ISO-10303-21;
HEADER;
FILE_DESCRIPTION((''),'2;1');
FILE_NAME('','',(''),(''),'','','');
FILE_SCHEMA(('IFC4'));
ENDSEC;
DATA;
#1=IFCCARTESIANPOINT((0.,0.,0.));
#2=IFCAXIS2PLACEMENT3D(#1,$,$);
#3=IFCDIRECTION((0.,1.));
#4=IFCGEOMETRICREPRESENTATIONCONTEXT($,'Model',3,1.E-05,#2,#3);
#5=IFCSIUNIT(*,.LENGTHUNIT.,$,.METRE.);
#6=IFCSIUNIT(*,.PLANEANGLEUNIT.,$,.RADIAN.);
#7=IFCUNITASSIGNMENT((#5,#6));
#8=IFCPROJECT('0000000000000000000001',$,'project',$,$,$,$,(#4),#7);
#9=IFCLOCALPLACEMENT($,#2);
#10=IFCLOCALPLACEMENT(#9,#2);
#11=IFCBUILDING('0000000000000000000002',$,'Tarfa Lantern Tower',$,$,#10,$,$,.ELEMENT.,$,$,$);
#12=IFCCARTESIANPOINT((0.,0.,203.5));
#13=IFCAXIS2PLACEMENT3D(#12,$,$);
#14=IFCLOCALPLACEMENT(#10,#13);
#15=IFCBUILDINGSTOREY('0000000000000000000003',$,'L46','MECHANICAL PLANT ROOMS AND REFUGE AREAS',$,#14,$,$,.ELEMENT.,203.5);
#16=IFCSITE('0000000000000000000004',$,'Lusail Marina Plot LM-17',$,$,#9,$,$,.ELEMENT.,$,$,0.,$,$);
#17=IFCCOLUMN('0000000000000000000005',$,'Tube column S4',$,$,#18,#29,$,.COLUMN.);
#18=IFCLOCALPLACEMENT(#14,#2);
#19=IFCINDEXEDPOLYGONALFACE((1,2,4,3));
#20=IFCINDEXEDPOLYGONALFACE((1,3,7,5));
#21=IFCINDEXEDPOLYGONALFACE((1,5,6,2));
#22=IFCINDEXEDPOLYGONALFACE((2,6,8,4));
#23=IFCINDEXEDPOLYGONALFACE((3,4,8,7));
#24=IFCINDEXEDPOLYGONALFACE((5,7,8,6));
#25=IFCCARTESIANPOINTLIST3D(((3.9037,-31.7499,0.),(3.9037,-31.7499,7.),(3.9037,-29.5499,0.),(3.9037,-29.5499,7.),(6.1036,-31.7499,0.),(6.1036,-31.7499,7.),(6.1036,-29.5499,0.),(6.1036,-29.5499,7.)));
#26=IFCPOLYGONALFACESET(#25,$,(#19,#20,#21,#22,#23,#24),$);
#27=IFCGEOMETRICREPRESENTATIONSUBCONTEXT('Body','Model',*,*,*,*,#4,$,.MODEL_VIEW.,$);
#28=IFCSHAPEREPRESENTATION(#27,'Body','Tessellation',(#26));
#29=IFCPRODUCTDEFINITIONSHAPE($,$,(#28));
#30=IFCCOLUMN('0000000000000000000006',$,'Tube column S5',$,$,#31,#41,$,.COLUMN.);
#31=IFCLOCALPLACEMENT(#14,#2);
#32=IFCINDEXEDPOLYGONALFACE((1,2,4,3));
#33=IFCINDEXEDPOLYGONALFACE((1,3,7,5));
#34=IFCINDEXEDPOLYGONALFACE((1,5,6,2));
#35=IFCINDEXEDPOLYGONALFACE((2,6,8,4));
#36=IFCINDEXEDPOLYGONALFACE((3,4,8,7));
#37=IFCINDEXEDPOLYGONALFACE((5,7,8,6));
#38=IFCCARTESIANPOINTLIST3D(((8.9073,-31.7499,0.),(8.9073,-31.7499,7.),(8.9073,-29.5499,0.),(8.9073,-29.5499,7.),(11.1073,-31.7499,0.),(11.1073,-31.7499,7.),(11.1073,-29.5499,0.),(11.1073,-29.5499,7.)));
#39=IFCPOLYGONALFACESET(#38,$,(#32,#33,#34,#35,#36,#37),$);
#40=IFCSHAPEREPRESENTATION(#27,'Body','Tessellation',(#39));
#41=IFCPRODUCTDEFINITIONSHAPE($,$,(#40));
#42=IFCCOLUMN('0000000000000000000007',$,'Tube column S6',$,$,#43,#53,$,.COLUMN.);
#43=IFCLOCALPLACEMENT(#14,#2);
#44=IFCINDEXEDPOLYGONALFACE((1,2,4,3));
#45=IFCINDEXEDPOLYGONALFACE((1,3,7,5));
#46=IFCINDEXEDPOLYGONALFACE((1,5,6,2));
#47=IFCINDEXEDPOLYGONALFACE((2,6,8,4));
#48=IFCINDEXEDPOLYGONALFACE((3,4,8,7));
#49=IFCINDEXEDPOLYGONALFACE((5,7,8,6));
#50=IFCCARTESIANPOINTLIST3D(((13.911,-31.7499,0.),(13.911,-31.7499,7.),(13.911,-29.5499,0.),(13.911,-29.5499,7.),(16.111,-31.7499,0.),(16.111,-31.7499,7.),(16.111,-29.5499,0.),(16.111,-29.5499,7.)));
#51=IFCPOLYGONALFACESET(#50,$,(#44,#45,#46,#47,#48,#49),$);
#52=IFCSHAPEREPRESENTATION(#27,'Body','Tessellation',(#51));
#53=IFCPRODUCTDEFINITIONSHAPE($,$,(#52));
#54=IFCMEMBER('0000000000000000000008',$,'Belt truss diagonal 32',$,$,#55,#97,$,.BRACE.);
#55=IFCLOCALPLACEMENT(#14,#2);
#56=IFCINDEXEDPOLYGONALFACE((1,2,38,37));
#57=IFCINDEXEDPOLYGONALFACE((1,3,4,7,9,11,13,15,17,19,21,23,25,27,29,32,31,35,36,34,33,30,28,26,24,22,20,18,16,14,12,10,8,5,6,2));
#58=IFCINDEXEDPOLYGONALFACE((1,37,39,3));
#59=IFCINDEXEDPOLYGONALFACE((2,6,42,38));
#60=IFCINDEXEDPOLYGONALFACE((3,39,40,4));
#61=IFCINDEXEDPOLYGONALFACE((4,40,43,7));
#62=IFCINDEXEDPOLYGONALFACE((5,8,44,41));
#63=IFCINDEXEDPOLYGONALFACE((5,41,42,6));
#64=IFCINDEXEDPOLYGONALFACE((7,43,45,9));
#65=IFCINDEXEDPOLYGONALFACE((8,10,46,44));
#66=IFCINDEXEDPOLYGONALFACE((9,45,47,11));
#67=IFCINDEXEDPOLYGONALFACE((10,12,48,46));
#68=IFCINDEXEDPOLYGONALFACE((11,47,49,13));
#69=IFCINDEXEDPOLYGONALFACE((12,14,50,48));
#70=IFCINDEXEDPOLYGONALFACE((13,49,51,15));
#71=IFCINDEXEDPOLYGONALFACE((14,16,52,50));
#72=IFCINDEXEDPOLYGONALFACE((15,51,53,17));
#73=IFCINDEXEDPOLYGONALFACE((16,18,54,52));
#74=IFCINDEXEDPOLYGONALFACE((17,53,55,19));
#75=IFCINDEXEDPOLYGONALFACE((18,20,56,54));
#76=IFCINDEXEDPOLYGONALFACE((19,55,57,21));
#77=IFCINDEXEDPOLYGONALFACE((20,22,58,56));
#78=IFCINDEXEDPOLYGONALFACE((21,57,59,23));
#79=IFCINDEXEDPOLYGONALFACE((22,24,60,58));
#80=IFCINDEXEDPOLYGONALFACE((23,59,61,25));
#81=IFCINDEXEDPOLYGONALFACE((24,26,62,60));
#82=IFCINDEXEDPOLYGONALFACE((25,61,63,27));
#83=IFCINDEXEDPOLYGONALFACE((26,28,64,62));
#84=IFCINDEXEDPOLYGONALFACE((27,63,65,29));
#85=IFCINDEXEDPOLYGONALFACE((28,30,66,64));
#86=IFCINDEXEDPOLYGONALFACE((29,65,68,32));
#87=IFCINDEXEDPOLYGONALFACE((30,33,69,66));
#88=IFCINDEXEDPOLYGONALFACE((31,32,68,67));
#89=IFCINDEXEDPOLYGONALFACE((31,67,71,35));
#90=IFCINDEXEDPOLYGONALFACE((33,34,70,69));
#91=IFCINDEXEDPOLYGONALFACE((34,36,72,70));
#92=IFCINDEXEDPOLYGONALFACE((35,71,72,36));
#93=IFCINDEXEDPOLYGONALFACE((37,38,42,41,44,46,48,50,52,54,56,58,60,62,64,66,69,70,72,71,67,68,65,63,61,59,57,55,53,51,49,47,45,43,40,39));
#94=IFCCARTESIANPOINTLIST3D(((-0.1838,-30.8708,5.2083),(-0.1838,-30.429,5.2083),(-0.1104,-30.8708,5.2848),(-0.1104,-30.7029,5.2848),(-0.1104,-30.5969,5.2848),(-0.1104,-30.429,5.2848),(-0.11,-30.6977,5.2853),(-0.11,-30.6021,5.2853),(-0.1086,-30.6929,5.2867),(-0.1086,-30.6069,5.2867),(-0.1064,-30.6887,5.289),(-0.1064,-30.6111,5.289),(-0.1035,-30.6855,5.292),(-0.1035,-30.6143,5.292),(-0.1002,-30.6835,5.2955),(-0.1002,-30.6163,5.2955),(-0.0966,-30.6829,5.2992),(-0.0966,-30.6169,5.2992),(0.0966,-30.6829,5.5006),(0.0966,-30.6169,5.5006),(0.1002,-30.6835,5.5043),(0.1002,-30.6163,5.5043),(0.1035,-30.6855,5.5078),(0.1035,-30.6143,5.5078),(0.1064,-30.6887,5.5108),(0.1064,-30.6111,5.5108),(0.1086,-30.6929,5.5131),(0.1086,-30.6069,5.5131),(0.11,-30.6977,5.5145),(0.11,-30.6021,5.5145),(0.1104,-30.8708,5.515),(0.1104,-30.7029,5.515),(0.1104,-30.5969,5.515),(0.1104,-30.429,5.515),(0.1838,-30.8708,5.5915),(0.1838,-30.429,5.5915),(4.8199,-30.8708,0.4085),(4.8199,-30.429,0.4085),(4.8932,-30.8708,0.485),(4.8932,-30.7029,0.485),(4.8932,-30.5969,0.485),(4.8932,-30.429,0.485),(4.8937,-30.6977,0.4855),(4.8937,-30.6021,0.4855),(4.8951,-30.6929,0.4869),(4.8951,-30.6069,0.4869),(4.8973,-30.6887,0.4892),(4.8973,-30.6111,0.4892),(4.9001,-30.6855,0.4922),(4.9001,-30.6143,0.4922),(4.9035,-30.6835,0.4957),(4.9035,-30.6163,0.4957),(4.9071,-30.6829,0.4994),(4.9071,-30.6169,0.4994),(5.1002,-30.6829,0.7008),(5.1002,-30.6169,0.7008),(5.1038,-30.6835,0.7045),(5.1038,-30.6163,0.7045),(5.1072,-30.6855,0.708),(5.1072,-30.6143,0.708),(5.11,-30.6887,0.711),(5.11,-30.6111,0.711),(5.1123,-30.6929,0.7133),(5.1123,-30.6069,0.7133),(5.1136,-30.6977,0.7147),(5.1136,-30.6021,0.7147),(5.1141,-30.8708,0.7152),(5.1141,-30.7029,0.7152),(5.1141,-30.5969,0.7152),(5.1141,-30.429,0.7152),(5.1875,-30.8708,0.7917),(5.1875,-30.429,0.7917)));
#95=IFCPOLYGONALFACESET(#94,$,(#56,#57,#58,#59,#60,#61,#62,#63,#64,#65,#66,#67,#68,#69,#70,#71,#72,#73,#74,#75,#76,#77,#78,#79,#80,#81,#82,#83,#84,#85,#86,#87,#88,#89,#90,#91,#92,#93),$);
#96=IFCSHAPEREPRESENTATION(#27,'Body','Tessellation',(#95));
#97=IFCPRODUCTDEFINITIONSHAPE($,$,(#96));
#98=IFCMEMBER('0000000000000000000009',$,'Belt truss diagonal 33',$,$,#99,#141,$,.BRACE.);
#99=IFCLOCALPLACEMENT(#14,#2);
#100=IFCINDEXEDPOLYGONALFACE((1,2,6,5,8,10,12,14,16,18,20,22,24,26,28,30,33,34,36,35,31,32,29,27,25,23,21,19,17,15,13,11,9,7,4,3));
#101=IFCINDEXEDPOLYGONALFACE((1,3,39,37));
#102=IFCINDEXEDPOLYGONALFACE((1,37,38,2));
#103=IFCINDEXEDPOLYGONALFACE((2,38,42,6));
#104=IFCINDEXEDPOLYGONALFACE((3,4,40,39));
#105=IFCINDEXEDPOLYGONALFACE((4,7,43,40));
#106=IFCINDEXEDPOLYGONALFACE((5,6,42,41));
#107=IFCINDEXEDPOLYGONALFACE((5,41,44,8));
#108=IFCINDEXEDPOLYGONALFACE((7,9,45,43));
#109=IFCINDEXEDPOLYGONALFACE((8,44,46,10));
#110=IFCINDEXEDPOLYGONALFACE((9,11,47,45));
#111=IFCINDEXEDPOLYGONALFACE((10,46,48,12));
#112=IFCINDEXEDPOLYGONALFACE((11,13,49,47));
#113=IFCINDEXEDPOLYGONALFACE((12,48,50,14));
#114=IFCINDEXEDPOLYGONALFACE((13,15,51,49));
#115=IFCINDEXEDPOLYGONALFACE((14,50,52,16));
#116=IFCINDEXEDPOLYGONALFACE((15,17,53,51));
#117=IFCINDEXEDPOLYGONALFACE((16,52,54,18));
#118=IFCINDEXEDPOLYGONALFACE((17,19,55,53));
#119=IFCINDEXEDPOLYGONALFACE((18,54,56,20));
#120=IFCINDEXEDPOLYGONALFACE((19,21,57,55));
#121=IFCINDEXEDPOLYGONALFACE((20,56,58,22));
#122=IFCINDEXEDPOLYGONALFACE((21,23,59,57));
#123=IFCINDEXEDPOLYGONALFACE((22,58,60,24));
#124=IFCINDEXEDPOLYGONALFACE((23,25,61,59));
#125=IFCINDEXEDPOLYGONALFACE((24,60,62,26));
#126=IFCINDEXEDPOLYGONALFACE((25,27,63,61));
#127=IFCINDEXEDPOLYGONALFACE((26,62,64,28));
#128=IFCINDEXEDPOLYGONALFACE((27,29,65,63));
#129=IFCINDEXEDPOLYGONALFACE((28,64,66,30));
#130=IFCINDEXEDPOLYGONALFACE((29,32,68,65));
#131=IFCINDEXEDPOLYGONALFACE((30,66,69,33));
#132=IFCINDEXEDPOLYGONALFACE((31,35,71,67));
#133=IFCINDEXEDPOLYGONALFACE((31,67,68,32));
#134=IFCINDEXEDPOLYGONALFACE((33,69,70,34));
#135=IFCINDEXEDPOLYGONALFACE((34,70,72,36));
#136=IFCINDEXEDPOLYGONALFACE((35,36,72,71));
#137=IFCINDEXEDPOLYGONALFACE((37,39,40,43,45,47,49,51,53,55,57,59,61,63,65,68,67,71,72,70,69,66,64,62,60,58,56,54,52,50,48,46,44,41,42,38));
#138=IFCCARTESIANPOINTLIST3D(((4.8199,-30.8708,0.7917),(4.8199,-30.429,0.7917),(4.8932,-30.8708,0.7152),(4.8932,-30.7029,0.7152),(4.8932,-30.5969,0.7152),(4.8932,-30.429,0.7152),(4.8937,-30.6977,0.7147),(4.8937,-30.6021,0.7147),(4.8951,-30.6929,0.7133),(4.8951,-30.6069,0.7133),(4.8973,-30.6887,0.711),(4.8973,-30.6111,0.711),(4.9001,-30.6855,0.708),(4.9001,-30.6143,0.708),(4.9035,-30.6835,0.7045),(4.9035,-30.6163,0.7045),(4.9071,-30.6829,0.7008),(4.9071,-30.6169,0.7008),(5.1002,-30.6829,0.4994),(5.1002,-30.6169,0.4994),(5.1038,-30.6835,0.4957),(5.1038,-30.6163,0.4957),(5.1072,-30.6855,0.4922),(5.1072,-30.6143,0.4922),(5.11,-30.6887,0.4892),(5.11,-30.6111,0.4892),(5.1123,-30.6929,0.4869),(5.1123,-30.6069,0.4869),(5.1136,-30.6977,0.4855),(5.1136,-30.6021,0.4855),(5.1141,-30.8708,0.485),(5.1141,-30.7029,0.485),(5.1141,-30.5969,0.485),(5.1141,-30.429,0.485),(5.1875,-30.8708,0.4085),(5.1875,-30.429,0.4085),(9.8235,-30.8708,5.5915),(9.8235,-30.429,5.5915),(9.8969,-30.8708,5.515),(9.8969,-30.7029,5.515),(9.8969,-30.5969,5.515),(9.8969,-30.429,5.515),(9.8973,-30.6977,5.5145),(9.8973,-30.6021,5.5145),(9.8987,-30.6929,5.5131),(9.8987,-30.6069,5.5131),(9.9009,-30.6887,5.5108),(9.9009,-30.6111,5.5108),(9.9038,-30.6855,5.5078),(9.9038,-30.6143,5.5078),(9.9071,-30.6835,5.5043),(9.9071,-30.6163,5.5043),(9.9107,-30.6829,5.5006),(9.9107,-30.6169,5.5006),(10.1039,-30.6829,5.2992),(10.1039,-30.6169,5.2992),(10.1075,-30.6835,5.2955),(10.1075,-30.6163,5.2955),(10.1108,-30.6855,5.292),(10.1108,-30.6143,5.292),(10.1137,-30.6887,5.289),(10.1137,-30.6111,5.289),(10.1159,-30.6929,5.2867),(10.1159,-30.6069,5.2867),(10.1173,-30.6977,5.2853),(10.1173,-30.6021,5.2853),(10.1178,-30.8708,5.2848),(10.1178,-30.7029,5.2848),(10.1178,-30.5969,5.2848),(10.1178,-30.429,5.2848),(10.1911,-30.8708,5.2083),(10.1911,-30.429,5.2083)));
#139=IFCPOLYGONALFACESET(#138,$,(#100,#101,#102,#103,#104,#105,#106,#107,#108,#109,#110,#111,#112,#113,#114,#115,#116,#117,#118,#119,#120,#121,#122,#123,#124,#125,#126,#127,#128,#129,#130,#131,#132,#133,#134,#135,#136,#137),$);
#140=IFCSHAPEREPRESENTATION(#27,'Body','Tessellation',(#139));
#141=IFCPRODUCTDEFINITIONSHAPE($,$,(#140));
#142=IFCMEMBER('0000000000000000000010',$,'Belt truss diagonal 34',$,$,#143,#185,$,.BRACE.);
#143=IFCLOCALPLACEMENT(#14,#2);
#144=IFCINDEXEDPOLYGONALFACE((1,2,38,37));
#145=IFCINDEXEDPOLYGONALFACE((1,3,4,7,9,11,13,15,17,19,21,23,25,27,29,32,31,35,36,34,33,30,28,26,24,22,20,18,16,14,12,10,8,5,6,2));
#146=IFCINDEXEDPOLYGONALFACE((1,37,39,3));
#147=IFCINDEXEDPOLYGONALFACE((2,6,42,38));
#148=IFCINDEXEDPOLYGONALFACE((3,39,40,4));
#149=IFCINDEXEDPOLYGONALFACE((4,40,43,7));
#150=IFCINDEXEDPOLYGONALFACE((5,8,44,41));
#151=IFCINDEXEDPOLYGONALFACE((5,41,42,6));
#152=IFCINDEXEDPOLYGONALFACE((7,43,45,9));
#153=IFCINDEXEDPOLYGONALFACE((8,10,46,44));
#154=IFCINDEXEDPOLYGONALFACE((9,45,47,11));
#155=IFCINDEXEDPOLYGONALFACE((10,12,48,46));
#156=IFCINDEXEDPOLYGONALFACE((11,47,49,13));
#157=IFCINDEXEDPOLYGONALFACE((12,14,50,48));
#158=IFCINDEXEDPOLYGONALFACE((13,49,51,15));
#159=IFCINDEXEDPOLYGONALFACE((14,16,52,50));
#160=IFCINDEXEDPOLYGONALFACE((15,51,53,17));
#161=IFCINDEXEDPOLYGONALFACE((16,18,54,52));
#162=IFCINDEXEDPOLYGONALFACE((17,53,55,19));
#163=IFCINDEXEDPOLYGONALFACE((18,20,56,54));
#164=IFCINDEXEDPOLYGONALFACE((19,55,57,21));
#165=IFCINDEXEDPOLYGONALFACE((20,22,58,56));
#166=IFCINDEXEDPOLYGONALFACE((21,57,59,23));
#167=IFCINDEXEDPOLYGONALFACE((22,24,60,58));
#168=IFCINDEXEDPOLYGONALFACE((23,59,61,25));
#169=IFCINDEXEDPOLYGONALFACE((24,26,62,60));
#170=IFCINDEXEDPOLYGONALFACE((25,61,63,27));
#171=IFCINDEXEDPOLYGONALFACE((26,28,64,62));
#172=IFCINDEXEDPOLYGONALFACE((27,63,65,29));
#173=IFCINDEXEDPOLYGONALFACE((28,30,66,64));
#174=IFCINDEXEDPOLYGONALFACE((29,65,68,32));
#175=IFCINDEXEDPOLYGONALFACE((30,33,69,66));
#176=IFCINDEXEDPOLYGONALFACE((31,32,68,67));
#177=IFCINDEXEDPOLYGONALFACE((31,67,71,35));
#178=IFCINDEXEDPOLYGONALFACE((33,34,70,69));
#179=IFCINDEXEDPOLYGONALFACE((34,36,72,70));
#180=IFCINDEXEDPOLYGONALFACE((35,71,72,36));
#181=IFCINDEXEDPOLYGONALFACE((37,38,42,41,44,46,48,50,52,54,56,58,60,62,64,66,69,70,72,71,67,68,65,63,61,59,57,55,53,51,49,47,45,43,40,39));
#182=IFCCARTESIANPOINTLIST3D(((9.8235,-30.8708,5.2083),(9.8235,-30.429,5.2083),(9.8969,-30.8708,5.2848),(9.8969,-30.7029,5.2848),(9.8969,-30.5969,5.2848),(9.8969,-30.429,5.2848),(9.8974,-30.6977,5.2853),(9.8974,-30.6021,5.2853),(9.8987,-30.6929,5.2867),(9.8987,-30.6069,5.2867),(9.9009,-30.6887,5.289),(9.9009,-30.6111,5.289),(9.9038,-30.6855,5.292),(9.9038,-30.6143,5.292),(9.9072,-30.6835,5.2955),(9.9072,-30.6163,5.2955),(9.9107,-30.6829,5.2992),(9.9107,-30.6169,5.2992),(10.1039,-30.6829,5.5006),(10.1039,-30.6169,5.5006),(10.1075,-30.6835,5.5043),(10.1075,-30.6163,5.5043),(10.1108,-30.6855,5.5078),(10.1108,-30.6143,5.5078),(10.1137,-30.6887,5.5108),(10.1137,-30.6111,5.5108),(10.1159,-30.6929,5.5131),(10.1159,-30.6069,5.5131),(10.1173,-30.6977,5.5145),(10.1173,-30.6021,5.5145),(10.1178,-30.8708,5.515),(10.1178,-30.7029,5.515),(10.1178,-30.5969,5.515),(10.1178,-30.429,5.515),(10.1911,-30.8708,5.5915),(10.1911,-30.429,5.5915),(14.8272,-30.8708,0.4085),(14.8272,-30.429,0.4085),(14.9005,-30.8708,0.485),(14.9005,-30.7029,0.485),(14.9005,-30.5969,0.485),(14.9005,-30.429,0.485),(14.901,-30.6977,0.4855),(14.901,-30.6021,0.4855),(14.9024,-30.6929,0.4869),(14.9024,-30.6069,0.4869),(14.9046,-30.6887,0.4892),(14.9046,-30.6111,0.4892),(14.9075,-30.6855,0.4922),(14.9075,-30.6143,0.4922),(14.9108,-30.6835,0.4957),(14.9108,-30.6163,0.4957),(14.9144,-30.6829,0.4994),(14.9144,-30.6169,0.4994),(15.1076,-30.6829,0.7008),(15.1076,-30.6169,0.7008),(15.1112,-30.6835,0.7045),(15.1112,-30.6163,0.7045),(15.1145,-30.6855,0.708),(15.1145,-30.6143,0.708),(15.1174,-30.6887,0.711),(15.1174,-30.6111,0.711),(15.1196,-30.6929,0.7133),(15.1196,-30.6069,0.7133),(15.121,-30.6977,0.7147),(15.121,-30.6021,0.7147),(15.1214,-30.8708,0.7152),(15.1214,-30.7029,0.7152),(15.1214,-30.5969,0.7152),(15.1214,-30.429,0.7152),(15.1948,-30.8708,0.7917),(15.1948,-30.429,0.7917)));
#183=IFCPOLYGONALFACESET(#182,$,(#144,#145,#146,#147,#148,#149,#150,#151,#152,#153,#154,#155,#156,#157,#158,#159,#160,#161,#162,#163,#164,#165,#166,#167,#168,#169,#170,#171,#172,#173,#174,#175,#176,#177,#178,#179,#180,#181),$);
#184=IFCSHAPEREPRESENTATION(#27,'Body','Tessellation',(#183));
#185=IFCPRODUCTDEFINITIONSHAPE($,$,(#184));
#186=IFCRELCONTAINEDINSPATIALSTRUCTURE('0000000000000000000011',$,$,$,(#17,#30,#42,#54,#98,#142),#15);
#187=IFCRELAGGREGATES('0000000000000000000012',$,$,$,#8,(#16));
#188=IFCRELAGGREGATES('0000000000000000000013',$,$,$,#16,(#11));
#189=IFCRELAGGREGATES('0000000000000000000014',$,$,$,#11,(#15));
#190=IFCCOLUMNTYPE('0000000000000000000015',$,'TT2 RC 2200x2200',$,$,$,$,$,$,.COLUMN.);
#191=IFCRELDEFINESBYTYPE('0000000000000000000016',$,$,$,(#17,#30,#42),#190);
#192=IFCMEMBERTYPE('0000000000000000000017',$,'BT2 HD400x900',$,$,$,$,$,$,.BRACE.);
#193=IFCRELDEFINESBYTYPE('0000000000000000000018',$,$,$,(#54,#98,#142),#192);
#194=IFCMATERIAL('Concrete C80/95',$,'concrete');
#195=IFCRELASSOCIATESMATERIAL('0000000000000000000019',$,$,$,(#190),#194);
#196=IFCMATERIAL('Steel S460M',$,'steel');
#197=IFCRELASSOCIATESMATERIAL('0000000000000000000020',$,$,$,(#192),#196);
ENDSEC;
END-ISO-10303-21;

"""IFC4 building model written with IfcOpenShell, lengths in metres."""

from ifc_helpers import new_model, si_unit, direction, frame, origin, origin_2d, place, context, subcontext, project, spatial, rectangle, i_section, extrude, material, material_profile, profile_set, type_object, element, save


model = new_model("IFC4")

# Units and contexts
model_context = context("Model", 3, precision=1e-05, world=origin(), true_north=direction((0.0, 1.0)))
body_context = subcontext(model_context, "Body", "Model", "MODEL_VIEW")
ifc_project = project(units=[si_unit("LENGTHUNIT", "METRE"), si_unit("PLANEANGLEUNIT", "RADIAN")], contexts=[model_context])

# Site, building, storey
site_placement = place(None, origin())
site = spatial("IfcSite", under=ifc_project, at=site_placement, Name="Lusail Marina Plot LM-17", CompositionType="ELEMENT", RefElevation=0.0)
building_placement = place(site_placement, origin())
building = spatial("IfcBuilding", under=site, at=building_placement, Name="Tarfa Lantern Tower", CompositionType="ELEMENT")
storey_placement = place(building_placement, frame((0.0, 0.0, 203.5)))
storey = spatial("IfcBuildingStorey", under=building, at=storey_placement, Name="L46", Description="MECHANICAL PLANT ROOMS AND REFUGE AREAS", CompositionType="ELEMENT", Elevation=203.5)

# Columns
ifc_material_1 = material(Name="Concrete C80/95", Category="concrete")
ifc_material_profile_1 = material_profile(ifc_material_1, rectangle(XDim=2.2, YDim=2.2, at=origin_2d()), Name="RC 2200x2200")
ifc_profile_set_1 = profile_set([ifc_material_profile_1], Name="Concrete C80/95")
column_type = type_object("IfcColumnType", Name="TT2 RC 2200x2200", PredefinedType="COLUMN", material=ifc_profile_set_1)
for number, where, z_axis, x_axis, name in (
    (1, (5.0037, -30.6499, 0.0), (0.0, 0.0, 1.0), (1.0, 0.0, 0.0), "Tube column S4"),
    (2, (10.0073, -30.6499, 0.0), (0.0, 0.0, 1.0), (1.0, 0.0, 0.0), "Tube column S5"),
    (3, (15.011, -30.6499, 0.0), (0.0, 0.0, 1.0), (1.0, 0.0, 0.0), "Tube column S6"),
):
    element("IfcColumn", number, at=place(storey_placement, frame(where, z_axis=z_axis, x_axis=x_axis)), inside=storey, type_object=column_type, Name=name, PredefinedType="COLUMN", context=body_context, shape_type="SweptSolid", body=[
        extrude(rectangle(XDim=2.2, YDim=2.2, at=origin_2d()), origin(), (0.0, 0.0, 1.0), 7.0),
    ])

# Members
ifc_material_2 = material(Name="Steel S460M", Category="steel")
ifc_material_profile_2 = material_profile(ifc_material_2, i_section(OverallWidth=0.4419, OverallDepth=0.531, WebThickness=0.0659, FlangeThickness=0.106, FilletRadius=0.02, at=origin_2d()), Name="HD400x900")
ifc_profile_set_2 = profile_set([ifc_material_profile_2], Name="Steel S460M")
member_type_1 = type_object("IfcMemberType", Name="BT2 HD400x900", PredefinedType="BRACE", material=ifc_profile_set_2)
for number, where, z_axis, x_axis, name in (
    (4, (5.0037, -30.6499, 0.6001), (-0.721655, 0.0, 0.692253), (0.0, -1.0, 0.0), "Belt truss diagonal 32"),
    (5, (5.0037, -30.6499, 0.6001), (0.721655, 0.0, 0.692253), (0.0, 1.0, 0.0), "Belt truss diagonal 33"),
    (6, (15.011, -30.6499, 0.6001), (-0.721655, 0.0, 0.692253), (0.0, -1.0, 0.0), "Belt truss diagonal 34"),
):
    element("IfcMember", number, at=place(storey_placement, frame(where, z_axis=z_axis, x_axis=x_axis)), inside=storey, type_object=member_type_1, Name=name, PredefinedType="BRACE", context=body_context, shape_type="SweptSolid", body=[
        extrude(i_section(OverallWidth=0.4419, OverallDepth=0.531, WebThickness=0.0659, FlangeThickness=0.106, FilletRadius=0.02, at=origin_2d()), origin(), (0.0, 0.0, 1.0), 6.9336),
    ])

save(model, "model.ifc")
